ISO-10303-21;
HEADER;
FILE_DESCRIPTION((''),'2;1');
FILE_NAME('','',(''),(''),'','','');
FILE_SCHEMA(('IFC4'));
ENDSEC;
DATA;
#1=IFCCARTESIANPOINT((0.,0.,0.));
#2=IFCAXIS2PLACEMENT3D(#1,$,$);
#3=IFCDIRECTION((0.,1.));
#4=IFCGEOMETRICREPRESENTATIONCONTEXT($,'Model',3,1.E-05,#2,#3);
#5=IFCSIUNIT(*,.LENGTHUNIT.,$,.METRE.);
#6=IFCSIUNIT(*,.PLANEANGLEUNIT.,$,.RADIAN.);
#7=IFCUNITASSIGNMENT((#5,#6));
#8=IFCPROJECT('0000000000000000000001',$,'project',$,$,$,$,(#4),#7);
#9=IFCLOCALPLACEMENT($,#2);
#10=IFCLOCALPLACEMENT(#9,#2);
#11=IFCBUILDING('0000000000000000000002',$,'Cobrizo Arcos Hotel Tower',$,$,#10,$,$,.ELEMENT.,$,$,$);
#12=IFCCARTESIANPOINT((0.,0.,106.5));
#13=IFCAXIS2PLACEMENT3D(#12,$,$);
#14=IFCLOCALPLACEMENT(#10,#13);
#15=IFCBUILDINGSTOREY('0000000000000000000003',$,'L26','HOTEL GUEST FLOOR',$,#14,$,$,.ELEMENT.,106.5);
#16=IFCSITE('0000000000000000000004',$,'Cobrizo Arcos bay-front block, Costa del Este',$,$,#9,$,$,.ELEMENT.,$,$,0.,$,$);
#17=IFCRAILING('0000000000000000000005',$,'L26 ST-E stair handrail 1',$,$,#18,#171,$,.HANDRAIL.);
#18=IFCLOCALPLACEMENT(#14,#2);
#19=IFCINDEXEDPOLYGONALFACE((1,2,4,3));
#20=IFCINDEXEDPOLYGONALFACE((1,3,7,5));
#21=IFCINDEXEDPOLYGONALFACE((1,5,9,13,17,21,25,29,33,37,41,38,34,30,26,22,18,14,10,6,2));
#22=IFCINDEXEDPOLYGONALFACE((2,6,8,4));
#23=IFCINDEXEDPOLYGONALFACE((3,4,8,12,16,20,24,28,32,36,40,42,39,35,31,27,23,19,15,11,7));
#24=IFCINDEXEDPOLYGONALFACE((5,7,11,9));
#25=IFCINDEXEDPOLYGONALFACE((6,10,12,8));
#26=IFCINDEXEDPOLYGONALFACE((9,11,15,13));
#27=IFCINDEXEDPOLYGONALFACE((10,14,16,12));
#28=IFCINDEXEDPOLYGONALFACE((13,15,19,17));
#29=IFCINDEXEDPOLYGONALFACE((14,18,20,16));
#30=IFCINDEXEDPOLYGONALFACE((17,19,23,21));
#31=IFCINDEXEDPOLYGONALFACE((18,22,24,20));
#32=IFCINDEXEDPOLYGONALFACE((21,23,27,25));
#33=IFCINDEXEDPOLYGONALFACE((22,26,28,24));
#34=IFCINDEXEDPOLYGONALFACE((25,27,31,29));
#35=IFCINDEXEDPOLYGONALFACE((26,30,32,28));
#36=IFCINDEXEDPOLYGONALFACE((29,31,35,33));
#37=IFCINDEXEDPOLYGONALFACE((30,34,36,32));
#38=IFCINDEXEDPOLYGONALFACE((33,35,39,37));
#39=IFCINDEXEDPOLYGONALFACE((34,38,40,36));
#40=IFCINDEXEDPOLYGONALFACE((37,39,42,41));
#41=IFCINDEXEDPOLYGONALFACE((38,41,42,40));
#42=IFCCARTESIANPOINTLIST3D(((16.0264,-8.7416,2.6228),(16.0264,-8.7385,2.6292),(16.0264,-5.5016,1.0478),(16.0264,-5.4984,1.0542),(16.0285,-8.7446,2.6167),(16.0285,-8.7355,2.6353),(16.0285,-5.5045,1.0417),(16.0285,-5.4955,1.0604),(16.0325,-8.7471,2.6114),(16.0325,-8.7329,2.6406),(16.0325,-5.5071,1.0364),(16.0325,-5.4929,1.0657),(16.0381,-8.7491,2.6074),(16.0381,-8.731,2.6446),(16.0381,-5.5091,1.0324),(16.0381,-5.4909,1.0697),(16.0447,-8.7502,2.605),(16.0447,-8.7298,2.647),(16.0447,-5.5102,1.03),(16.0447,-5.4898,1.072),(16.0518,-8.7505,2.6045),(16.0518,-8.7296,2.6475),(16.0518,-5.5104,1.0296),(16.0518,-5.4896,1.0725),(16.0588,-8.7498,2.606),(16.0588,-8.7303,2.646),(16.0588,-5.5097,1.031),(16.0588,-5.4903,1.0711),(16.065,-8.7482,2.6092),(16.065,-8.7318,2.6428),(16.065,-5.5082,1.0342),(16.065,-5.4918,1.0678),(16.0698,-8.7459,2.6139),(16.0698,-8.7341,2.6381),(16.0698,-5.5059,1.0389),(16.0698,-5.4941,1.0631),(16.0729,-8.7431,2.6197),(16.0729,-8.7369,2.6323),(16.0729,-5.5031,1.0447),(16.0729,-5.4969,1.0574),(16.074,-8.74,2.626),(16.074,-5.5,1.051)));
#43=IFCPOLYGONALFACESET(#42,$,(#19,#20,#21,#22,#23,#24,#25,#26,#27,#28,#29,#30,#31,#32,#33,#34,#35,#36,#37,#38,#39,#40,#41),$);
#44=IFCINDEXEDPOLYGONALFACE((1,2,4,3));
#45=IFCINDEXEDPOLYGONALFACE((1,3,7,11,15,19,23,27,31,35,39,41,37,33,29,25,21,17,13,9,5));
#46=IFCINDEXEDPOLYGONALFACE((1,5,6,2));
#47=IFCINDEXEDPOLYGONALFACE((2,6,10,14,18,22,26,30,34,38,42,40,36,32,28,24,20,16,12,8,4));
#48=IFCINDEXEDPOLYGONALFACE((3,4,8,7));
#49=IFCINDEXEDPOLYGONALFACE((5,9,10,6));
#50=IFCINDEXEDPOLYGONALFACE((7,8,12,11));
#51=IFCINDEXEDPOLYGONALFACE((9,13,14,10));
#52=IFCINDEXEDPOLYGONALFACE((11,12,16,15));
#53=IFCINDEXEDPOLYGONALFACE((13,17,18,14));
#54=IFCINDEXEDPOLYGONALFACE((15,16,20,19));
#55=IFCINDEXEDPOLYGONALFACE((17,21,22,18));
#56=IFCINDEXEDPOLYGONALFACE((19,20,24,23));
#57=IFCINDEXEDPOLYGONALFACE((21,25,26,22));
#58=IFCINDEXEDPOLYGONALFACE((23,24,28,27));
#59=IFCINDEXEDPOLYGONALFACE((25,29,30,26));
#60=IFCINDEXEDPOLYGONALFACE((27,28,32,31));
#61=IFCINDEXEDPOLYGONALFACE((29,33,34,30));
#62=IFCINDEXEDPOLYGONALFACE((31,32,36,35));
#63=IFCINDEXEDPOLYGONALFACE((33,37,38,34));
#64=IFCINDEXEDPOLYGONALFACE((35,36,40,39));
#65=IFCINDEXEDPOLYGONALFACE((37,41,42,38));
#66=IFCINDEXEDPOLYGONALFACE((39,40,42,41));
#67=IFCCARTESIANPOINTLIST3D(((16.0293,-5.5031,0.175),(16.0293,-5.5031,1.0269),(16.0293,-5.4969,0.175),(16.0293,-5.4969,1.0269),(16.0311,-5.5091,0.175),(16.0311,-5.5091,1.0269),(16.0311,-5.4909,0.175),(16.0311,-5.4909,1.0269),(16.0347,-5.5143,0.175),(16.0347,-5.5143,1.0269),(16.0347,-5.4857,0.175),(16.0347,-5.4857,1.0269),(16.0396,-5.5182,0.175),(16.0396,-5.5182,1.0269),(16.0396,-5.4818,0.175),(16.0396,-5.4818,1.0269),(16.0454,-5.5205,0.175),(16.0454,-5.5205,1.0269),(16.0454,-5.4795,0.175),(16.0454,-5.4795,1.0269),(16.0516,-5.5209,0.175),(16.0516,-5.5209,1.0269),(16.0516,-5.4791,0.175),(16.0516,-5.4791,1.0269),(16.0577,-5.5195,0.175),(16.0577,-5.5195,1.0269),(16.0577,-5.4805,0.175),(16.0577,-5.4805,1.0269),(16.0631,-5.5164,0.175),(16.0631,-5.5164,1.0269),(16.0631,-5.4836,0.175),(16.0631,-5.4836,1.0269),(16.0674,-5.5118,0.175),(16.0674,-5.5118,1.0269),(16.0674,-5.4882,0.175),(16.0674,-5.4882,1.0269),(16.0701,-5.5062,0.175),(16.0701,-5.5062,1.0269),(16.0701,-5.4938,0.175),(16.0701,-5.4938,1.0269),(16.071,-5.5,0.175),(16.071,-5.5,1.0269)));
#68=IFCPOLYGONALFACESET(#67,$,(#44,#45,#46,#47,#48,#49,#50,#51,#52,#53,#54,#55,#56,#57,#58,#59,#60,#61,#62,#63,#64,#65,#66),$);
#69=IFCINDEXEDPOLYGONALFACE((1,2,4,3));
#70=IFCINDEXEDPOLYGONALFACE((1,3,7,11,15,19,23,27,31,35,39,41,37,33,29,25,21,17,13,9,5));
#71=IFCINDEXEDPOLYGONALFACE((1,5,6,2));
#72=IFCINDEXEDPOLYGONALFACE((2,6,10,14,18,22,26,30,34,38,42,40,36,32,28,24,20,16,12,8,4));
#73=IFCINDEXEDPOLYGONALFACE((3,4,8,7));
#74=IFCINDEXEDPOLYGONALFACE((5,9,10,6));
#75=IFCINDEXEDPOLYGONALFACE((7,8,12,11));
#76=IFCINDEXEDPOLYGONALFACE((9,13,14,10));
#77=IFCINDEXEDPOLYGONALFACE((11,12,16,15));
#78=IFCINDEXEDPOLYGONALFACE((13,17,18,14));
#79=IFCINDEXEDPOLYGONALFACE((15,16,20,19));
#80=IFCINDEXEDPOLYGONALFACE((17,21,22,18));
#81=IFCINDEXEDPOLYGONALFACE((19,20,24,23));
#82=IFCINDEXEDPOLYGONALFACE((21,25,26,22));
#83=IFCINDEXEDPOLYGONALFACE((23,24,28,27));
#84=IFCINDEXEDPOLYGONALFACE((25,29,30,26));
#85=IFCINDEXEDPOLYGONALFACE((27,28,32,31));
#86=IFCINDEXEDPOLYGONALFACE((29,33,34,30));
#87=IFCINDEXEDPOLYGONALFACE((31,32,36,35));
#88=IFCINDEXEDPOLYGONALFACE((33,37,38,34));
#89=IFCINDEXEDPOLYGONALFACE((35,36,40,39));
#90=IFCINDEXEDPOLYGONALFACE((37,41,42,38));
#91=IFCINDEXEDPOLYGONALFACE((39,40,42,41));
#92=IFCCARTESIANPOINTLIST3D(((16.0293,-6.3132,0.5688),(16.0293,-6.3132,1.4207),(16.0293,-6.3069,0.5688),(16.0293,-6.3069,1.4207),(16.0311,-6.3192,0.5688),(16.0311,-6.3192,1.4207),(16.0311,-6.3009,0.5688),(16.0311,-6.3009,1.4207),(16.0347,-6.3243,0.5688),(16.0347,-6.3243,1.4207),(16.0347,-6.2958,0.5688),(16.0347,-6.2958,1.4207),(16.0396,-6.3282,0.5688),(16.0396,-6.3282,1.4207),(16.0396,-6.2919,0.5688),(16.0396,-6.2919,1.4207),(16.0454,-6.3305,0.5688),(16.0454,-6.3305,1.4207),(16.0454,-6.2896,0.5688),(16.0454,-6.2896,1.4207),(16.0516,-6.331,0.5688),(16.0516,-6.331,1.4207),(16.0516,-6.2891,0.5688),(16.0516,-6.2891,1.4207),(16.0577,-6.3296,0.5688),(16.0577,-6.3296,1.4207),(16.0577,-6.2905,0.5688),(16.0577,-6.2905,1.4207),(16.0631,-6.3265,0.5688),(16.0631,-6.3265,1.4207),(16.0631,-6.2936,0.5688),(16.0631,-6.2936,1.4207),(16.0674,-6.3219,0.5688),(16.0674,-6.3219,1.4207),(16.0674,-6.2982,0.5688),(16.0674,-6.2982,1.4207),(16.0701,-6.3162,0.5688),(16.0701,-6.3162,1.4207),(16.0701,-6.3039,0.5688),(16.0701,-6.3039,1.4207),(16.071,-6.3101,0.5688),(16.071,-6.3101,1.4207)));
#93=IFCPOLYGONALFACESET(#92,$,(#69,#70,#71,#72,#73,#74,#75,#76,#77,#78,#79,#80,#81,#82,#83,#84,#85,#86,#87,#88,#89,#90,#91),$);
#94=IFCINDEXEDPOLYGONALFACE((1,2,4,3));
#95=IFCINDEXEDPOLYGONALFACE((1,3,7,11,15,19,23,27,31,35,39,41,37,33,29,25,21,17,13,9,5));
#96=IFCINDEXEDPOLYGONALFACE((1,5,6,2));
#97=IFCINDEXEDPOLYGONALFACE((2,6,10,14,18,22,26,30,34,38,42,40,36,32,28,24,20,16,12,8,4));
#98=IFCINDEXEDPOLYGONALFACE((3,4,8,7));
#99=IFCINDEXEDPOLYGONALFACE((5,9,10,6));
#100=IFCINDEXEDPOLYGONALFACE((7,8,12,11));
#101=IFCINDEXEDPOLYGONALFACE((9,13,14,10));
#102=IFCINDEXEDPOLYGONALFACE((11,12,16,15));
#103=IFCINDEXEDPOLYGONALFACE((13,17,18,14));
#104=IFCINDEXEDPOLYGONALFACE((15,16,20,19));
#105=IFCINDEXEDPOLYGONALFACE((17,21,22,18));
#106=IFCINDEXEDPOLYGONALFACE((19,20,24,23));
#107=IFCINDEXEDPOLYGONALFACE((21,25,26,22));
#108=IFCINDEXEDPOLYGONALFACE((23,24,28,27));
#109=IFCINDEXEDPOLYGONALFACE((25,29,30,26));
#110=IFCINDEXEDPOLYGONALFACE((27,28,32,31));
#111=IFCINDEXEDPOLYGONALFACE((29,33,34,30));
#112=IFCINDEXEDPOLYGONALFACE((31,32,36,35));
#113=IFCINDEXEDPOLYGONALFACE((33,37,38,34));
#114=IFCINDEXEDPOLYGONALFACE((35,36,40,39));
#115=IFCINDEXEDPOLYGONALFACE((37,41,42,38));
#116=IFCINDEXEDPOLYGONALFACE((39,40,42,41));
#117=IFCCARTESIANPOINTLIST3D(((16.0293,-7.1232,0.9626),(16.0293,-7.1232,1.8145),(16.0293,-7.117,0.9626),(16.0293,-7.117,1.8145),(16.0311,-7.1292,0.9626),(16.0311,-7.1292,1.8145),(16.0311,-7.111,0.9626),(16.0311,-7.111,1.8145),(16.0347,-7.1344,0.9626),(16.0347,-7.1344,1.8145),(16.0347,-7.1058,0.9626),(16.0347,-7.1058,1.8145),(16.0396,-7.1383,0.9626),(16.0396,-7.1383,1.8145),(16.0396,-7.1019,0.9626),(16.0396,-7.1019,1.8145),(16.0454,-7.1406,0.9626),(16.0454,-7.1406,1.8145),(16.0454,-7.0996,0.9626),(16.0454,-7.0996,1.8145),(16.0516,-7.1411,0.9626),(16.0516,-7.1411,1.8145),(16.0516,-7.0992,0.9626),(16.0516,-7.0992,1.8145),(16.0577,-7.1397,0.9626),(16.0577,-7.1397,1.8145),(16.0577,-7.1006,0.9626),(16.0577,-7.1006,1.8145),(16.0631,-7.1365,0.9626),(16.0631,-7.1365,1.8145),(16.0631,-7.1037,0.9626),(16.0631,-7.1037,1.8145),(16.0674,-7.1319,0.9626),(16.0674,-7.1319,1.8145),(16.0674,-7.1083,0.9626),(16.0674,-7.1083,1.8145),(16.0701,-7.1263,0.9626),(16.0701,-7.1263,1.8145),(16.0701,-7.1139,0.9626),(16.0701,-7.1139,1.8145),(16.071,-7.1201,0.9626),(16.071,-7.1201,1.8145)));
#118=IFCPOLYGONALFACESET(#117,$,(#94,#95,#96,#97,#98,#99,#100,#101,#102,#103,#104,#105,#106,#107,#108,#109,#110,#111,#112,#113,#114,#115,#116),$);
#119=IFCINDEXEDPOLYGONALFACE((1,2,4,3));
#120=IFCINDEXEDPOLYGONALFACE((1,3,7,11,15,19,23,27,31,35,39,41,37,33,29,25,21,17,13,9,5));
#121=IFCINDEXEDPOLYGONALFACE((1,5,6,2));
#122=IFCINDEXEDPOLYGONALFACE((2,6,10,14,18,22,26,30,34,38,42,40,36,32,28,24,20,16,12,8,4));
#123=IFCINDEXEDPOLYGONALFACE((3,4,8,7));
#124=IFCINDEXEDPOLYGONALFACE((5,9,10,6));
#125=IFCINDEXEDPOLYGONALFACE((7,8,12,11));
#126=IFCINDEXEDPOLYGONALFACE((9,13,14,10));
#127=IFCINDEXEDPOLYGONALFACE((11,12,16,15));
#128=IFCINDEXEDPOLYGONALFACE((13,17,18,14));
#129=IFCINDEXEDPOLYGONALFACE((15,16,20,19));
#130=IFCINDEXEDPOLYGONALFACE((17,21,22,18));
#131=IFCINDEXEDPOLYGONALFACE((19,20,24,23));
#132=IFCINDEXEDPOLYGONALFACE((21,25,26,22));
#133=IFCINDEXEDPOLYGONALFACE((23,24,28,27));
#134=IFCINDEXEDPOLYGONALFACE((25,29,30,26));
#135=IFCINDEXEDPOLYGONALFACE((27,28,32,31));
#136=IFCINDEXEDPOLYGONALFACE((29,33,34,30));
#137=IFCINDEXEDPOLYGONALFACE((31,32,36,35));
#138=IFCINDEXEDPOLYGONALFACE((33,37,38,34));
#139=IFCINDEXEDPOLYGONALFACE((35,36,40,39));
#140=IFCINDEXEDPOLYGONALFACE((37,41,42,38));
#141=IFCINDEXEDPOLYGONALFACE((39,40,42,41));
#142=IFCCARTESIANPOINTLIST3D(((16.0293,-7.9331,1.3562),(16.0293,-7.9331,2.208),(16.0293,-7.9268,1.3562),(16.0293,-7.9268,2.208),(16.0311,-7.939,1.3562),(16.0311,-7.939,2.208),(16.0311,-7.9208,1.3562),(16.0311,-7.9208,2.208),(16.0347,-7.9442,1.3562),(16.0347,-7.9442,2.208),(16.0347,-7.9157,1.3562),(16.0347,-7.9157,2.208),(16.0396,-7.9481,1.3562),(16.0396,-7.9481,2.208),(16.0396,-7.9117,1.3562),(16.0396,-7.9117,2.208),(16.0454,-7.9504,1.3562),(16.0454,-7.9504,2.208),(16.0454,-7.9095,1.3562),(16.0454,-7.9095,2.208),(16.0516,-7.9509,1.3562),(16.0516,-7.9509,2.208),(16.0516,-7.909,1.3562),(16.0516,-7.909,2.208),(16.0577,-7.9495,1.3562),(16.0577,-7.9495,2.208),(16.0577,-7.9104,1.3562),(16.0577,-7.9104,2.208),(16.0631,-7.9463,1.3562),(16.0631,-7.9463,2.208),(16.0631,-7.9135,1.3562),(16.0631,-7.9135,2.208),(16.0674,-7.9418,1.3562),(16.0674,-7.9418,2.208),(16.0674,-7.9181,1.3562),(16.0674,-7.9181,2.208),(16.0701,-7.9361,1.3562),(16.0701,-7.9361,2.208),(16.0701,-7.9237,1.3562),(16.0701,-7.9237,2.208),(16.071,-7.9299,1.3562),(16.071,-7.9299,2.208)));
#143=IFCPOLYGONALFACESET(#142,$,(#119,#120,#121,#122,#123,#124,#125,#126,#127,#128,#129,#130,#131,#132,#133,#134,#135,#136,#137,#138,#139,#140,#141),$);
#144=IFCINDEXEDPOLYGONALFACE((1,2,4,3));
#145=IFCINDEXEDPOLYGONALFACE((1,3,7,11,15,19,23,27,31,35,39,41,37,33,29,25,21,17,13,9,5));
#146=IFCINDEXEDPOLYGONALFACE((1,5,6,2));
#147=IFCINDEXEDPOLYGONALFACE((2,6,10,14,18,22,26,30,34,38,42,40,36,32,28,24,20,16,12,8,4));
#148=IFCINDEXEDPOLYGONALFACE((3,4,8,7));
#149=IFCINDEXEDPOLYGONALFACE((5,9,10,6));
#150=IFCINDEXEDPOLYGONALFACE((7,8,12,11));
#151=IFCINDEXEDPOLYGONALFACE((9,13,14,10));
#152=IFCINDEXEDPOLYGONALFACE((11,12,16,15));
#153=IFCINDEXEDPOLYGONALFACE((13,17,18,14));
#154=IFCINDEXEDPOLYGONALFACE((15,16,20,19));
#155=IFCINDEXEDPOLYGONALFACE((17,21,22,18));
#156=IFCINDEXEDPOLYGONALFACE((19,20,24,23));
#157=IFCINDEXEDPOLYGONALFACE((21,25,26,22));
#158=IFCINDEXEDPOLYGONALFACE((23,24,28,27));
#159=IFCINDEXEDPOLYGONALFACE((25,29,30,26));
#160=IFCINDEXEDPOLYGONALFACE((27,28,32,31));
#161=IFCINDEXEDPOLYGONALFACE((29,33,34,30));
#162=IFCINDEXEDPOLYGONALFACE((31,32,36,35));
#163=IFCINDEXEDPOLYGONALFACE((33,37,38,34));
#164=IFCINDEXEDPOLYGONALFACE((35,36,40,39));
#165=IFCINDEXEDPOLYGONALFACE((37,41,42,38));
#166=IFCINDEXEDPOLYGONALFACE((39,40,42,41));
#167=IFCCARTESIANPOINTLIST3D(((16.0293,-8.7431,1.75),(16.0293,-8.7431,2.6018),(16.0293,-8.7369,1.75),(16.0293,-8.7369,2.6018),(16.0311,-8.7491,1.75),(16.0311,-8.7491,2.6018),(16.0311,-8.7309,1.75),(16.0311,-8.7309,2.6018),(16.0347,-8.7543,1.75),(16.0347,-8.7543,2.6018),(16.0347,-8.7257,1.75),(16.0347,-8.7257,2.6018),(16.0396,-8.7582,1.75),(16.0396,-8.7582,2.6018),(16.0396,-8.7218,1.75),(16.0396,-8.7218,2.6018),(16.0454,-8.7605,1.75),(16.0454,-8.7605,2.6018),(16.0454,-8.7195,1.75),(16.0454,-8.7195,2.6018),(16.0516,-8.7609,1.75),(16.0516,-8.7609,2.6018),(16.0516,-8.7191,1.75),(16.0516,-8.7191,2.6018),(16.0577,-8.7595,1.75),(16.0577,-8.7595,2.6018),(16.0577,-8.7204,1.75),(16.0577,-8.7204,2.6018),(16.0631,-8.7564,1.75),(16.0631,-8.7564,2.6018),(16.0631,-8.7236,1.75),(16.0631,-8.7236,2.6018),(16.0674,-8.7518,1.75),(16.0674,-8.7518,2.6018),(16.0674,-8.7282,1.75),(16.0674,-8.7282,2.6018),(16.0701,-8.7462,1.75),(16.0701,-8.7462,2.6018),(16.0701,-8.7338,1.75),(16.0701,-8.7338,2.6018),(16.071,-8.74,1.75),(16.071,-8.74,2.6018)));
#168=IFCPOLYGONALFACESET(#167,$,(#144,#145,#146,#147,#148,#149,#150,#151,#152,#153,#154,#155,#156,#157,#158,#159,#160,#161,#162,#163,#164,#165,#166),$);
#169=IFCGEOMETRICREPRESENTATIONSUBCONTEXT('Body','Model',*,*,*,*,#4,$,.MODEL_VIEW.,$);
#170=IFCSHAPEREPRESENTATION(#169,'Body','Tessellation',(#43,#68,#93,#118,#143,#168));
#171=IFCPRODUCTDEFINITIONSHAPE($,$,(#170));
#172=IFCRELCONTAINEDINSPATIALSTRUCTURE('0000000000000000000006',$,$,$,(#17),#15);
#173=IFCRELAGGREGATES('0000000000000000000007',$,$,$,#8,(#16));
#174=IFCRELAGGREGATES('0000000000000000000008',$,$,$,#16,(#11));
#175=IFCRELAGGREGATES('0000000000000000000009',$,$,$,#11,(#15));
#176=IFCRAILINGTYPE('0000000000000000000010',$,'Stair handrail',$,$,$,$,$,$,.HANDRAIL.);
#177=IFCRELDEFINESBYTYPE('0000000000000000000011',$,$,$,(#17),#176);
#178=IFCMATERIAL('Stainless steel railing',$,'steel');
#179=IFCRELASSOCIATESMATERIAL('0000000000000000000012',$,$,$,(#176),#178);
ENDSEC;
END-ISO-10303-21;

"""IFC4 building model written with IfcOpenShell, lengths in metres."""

from ifc_helpers import new_model, si_unit, direction, frame, origin, origin_2d, place, context, subcontext, project, spatial, circle, extrude, material, type_object, element, save


model = new_model("IFC4")

# Units and contexts
model_context = context("Model", 3, precision=1e-05, world=origin(), true_north=direction((0.0, 1.0)))
body_context = subcontext(model_context, "Body", "Model", "MODEL_VIEW")
ifc_project = project(units=[si_unit("LENGTHUNIT", "METRE"), si_unit("PLANEANGLEUNIT", "RADIAN")], contexts=[model_context])

# Site, building, storey
site_placement = place(None, origin())
site = spatial("IfcSite", under=ifc_project, at=site_placement, Name="Cobrizo Arcos bay-front block, Costa del Este", CompositionType="ELEMENT", RefElevation=0.0)
building_placement = place(site_placement, origin())
building = spatial("IfcBuilding", under=site, at=building_placement, Name="Cobrizo Arcos Hotel Tower", CompositionType="ELEMENT")
storey_placement = place(building_placement, frame((0.0, 0.0, 106.5)))
storey = spatial("IfcBuildingStorey", under=building, at=storey_placement, Name="L26", Description="HOTEL GUEST FLOOR", CompositionType="ELEMENT", Elevation=106.5)

# Railing
ifc_material_1 = material(Name="Stainless steel railing", Category="steel")
railing_type_1 = type_object("IfcRailingType", Name="Stair handrail", PredefinedType="HANDRAIL", material=ifc_material_1)
railing_1_placement = place(storey_placement, frame((16.05, -5.5, 0.175)))
element("IfcRailing", 1, at=railing_1_placement, inside=storey, type_object=railing_type_1, Name="L26 ST-E stair handrail 1", PredefinedType="HANDRAIL", context=body_context, shape_type="SweptSolid", body=[
    extrude(circle(Radius=0.0239, at=origin_2d()), frame((0.0, 0.0, 0.876), z_axis=(0.0, -0.899373, 0.437183), x_axis=(1.0, 0.0, 0.0)), (0.0, 0.0, 1.0), 3.6025),
    extrude(circle(Radius=0.021, at=origin_2d()), origin(), (0.0, 0.0, 1.0), 0.8518),
    extrude(circle(Radius=0.021, at=origin_2d()), frame((0.0, -0.8101, 0.3938)), (0.0, 0.0, 1.0), 0.8518),
    extrude(circle(Radius=0.021, at=origin_2d()), frame((0.0, -1.6201, 0.7876)), (0.0, 0.0, 1.0), 0.8518),
    extrude(circle(Radius=0.021, at=origin_2d()), frame((0.0, -2.4299, 1.1812)), (0.0, 0.0, 1.0), 0.8518),
    extrude(circle(Radius=0.021, at=origin_2d()), frame((0.0, -3.24, 1.575)), (0.0, 0.0, 1.0), 0.8518),
])

save(model, "model.ifc")
